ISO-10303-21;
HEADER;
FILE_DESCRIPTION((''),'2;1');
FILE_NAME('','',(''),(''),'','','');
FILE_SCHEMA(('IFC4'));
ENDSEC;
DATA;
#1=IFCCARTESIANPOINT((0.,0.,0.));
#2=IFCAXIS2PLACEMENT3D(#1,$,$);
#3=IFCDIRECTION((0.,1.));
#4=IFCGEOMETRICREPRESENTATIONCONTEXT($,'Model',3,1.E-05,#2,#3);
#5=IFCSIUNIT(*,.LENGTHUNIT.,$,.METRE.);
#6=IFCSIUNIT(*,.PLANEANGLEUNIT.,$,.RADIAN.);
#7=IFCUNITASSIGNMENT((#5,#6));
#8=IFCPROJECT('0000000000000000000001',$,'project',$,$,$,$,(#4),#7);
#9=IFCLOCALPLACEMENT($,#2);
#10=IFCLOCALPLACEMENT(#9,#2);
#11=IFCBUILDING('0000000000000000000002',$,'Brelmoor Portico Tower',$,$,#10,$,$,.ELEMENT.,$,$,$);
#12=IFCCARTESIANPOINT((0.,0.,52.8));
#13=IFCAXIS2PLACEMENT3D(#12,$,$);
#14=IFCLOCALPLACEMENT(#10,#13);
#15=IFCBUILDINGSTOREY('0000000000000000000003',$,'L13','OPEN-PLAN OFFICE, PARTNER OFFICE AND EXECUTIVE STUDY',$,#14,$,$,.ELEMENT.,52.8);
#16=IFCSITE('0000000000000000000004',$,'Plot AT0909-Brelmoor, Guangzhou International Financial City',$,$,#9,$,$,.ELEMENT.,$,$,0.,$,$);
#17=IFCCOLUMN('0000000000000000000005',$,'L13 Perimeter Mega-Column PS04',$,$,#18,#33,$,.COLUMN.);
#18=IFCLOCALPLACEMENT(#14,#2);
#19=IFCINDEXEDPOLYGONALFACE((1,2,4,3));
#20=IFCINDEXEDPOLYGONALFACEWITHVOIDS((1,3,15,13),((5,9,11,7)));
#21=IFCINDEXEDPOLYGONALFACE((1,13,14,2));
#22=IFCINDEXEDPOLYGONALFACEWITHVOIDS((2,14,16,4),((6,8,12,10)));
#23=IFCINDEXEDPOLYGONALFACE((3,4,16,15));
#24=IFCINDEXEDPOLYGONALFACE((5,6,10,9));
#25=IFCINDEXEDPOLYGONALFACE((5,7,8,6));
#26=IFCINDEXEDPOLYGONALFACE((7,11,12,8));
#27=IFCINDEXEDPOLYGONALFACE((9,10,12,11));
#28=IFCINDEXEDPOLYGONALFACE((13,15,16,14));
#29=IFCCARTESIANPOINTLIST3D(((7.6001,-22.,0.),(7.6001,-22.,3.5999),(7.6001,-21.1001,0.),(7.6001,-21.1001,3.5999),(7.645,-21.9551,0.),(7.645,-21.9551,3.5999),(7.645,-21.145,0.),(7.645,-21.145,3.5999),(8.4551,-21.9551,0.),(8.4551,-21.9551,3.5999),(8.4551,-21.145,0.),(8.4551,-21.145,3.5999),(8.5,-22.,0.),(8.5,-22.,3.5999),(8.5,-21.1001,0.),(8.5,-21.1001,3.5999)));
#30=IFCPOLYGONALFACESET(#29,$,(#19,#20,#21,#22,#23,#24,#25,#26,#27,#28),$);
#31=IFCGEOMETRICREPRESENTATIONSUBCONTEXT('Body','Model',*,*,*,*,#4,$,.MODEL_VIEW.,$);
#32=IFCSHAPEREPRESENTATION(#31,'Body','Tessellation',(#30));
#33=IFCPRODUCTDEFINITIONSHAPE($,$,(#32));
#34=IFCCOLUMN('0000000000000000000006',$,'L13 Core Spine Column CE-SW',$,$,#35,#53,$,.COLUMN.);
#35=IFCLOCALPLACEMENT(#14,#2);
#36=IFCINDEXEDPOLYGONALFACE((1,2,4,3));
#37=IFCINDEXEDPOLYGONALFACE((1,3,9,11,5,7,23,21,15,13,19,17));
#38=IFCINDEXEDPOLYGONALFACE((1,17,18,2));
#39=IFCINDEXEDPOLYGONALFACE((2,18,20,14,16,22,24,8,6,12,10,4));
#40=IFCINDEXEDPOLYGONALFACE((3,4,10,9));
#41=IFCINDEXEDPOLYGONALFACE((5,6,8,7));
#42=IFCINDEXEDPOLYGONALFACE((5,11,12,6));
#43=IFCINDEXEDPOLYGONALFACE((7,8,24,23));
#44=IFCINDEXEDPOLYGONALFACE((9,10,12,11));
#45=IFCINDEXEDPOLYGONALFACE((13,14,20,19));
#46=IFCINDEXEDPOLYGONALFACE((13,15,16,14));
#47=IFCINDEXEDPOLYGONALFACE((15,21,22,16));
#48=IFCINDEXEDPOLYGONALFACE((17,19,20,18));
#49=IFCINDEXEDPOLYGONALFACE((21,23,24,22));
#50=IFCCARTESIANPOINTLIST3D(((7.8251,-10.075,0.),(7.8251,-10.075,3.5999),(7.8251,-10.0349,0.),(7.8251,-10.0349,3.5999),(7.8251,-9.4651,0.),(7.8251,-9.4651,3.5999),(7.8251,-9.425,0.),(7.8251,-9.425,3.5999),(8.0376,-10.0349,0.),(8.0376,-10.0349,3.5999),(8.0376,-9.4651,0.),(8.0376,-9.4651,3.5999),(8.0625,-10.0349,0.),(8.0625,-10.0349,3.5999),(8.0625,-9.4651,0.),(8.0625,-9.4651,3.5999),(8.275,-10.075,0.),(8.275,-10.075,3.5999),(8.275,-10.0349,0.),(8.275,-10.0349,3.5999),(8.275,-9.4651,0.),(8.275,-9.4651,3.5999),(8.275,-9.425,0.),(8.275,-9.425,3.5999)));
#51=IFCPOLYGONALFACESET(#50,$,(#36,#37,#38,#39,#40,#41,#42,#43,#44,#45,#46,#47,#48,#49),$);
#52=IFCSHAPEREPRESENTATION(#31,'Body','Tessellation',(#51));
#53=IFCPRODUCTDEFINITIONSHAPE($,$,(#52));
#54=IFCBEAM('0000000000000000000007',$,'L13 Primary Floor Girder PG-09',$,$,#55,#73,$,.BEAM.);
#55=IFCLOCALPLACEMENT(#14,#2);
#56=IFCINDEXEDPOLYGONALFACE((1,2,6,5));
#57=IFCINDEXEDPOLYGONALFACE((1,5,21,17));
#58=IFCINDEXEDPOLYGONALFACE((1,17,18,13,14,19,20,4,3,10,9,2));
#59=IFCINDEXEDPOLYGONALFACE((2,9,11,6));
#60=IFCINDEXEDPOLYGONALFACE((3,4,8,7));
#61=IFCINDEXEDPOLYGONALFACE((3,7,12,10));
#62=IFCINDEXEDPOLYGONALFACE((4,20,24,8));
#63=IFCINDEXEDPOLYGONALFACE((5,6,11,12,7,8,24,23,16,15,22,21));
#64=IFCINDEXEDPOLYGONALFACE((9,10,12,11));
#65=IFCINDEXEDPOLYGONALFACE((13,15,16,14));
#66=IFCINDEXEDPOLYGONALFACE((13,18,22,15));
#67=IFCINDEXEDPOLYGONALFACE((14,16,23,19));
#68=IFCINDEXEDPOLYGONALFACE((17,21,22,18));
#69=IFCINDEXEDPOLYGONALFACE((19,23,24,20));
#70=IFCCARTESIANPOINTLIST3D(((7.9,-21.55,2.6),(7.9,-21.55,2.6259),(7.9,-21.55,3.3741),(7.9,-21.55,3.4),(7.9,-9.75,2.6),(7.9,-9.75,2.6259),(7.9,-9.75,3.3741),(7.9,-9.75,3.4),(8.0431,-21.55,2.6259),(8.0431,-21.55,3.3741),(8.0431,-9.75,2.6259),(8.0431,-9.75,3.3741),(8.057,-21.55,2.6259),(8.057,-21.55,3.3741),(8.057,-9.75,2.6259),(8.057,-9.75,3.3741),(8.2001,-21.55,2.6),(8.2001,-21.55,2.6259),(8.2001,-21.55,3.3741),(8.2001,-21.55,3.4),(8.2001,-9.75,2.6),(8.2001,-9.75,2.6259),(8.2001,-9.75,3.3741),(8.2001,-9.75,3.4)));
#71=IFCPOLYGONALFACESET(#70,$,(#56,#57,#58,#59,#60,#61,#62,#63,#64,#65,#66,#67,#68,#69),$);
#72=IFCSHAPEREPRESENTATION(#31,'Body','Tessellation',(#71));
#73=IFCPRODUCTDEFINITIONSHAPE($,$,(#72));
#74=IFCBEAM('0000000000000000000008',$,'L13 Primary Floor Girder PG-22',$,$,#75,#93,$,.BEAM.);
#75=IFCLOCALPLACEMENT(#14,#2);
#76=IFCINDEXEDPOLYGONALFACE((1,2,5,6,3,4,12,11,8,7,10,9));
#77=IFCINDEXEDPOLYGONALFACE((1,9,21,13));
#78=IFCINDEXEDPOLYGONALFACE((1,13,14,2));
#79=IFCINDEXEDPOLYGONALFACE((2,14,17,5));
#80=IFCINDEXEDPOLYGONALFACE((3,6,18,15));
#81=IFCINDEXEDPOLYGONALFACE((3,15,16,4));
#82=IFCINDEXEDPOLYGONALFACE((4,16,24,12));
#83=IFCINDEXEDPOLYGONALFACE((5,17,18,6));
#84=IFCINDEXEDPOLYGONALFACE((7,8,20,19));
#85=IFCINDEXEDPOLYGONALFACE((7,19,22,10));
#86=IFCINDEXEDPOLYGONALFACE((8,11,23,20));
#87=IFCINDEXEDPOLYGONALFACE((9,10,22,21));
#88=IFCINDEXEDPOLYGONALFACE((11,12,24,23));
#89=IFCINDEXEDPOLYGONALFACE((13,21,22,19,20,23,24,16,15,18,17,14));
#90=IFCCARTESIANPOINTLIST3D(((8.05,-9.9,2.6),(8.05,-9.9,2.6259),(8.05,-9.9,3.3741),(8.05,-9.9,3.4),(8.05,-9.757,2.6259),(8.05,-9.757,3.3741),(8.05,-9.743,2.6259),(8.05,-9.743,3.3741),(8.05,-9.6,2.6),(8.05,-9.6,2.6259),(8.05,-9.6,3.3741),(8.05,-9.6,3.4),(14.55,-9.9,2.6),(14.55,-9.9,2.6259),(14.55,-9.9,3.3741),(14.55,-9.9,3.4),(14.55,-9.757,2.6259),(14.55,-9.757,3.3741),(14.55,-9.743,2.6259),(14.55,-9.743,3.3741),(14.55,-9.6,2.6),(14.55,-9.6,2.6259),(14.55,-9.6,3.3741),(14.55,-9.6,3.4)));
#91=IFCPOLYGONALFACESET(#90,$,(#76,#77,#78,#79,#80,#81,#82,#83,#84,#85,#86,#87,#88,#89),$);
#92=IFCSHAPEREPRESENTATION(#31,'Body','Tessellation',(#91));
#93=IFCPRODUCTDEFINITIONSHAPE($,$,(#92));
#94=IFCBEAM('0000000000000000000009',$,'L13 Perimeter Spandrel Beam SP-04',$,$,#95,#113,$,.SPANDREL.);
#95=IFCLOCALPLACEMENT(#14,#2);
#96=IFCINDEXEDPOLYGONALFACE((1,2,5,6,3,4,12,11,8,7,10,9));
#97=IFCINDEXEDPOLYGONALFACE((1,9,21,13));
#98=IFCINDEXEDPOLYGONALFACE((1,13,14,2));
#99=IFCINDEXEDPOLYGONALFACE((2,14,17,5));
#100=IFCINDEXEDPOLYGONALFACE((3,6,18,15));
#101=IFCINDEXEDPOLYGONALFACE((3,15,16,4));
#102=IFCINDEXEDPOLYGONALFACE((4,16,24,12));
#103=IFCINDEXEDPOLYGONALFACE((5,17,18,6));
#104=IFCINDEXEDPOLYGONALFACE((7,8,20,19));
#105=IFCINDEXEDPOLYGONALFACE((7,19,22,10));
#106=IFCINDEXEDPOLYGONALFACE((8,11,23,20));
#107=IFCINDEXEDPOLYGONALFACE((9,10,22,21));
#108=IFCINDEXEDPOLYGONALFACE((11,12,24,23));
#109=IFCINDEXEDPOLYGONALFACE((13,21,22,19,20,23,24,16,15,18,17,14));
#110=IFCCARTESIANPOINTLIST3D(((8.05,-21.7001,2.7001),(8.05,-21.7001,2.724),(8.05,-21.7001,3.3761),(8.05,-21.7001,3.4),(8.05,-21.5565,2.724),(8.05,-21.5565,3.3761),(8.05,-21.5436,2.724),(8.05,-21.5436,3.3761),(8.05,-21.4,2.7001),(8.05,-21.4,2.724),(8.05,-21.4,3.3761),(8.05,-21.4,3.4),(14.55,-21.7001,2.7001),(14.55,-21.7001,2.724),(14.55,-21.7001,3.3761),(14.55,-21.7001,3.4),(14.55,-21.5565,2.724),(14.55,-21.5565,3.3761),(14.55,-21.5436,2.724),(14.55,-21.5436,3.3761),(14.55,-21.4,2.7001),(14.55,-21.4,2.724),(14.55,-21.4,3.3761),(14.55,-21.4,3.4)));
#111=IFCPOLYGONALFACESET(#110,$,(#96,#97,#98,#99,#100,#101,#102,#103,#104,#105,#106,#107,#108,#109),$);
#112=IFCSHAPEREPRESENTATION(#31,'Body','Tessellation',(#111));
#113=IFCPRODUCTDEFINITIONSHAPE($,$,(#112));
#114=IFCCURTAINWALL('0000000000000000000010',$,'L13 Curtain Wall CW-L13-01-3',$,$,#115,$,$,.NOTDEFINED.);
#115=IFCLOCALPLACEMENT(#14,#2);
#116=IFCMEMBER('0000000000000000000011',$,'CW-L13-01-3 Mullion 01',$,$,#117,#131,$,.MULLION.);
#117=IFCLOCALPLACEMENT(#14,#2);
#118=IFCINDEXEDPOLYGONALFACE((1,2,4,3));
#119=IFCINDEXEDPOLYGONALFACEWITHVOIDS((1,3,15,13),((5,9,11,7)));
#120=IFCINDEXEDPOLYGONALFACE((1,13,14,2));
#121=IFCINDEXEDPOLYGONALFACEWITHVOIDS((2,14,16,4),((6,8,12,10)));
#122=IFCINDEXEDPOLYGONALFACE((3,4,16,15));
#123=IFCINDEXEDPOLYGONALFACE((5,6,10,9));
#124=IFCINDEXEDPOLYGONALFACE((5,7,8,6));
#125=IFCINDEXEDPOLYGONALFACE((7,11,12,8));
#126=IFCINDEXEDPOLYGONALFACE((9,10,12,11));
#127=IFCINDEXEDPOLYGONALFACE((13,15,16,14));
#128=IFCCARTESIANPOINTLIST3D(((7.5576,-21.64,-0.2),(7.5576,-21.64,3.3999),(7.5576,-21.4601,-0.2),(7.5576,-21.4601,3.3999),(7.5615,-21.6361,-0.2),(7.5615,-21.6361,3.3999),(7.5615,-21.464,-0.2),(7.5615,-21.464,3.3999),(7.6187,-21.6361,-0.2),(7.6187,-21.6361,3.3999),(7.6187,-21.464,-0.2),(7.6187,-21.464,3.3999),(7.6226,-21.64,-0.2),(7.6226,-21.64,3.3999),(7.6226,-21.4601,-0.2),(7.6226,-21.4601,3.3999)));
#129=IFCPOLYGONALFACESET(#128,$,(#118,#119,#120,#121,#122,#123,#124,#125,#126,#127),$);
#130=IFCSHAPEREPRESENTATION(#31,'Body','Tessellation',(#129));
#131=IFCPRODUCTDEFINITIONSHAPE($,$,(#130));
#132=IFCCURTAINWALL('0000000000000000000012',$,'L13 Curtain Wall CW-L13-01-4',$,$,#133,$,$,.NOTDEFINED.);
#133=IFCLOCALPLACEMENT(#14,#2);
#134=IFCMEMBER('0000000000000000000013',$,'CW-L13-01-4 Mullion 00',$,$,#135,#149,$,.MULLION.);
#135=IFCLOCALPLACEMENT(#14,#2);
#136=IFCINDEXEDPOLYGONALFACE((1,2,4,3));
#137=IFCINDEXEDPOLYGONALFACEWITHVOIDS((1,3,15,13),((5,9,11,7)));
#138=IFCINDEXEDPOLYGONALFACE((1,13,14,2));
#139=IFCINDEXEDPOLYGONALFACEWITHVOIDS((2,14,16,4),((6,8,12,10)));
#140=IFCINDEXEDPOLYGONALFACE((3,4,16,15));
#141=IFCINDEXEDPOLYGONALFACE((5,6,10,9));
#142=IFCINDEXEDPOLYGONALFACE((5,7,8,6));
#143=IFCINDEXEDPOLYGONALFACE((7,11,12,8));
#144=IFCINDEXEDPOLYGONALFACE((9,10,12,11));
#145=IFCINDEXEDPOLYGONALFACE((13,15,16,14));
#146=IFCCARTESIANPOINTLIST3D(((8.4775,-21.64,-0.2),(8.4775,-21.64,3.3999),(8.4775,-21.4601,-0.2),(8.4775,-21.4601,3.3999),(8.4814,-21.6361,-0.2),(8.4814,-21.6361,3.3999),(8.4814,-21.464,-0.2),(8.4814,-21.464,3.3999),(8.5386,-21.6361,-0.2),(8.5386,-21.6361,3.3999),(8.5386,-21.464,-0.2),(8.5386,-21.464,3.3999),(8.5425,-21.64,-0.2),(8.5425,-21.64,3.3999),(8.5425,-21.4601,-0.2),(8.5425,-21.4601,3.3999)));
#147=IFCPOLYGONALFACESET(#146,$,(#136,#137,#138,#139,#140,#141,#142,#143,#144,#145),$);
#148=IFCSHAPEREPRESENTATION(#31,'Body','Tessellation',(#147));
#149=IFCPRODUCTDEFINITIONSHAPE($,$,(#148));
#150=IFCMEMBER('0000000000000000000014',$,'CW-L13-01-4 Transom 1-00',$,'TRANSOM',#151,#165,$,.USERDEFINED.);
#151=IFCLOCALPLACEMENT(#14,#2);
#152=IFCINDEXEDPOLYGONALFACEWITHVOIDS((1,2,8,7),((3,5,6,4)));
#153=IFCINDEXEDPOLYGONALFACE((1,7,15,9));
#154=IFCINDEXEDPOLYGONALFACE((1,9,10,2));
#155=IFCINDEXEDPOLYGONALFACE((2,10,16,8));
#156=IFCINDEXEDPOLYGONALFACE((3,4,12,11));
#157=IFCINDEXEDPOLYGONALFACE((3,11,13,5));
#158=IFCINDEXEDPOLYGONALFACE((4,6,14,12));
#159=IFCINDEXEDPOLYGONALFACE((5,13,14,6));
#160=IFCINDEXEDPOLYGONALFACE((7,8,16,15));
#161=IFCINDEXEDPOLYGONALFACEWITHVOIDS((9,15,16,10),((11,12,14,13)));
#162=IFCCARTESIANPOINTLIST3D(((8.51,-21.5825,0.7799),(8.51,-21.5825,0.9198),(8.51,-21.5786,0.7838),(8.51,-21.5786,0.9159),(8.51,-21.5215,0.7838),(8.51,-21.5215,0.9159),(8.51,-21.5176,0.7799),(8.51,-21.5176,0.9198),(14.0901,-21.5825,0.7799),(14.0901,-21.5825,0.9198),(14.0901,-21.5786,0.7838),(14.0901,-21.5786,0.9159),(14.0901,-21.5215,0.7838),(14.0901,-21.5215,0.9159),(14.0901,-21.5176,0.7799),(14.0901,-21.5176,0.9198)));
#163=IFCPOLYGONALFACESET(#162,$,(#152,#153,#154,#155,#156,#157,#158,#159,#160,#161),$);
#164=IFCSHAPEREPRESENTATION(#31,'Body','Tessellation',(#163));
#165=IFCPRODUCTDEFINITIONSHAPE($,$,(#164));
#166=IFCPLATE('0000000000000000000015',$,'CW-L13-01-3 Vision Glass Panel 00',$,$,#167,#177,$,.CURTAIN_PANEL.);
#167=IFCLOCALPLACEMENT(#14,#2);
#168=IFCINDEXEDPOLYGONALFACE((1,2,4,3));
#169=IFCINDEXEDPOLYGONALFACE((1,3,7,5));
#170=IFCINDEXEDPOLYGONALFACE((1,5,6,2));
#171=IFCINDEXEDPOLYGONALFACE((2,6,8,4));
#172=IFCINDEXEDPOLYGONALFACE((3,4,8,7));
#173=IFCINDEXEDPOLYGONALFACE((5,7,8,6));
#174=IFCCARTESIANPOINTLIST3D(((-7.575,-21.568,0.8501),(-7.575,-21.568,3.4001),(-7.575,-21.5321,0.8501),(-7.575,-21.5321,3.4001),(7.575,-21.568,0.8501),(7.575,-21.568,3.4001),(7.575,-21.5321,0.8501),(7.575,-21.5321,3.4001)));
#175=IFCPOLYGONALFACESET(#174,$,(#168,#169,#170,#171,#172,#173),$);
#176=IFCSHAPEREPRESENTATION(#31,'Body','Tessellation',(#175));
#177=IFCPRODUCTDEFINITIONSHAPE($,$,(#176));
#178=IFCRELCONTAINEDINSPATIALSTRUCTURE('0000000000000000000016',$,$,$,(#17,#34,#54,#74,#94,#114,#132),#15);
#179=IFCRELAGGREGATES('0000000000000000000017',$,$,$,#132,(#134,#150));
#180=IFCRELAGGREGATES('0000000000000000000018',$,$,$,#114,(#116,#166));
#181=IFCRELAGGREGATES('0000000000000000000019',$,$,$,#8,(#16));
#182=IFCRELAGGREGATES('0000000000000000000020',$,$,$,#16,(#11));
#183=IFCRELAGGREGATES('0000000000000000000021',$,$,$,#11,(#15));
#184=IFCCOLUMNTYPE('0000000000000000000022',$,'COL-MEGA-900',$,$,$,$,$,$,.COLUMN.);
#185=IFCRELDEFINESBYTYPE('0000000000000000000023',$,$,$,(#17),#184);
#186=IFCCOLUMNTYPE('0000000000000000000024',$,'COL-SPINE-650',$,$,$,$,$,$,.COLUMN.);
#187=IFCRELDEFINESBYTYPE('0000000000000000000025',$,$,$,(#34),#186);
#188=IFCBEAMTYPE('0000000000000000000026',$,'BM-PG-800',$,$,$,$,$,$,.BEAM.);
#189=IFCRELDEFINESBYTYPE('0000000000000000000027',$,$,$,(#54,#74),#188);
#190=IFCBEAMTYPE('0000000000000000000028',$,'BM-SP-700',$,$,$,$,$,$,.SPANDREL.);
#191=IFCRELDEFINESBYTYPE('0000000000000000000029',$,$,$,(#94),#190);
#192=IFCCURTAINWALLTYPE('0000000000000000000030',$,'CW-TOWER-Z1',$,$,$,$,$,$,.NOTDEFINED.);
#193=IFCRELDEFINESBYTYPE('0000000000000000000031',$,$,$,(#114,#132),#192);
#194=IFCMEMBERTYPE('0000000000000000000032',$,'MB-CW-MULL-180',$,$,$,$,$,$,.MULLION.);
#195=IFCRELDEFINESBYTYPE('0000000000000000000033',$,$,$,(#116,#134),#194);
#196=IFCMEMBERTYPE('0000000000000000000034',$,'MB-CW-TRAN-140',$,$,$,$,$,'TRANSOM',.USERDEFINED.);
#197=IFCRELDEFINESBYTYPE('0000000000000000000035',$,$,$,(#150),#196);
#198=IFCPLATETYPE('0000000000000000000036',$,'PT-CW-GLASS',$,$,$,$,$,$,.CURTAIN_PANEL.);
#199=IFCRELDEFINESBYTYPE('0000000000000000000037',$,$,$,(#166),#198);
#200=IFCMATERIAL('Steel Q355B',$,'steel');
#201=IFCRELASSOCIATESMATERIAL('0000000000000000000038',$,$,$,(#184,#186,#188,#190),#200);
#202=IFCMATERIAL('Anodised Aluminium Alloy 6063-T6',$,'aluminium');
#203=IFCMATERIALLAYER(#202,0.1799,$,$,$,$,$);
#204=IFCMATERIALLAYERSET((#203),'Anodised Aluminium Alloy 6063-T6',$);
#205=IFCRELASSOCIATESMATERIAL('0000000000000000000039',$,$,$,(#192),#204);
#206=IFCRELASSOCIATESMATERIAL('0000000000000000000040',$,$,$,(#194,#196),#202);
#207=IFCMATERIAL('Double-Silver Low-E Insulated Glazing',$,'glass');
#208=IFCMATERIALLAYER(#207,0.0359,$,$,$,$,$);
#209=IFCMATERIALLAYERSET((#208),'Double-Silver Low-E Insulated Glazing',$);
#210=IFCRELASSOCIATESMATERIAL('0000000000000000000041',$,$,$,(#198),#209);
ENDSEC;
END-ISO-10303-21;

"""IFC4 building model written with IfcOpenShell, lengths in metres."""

from ifc_helpers import new_model, si_unit, direction, frame, origin, origin_2d, place, context, subcontext, project, spatial, rectangle, hollow_rectangle, i_section, extrude, material, layer, layer_set, material_profile, profile_set, type_object, element, aggregate, save


model = new_model("IFC4")

# Units and contexts
model_context = context("Model", 3, precision=1e-05, world=origin(), true_north=direction((0.0, 1.0)))
body_context = subcontext(model_context, "Body", "Model", "MODEL_VIEW")
ifc_project = project(units=[si_unit("LENGTHUNIT", "METRE"), si_unit("PLANEANGLEUNIT", "RADIAN")], contexts=[model_context])

# Site, building, storey
site_placement = place(None, origin())
site = spatial("IfcSite", under=ifc_project, at=site_placement, Name="Plot AT0909-Brelmoor, Guangzhou International Financial City", CompositionType="ELEMENT", RefElevation=0.0)
building_placement = place(site_placement, origin())
building = spatial("IfcBuilding", under=site, at=building_placement, Name="Brelmoor Portico Tower", CompositionType="ELEMENT")
storey_placement = place(building_placement, frame((0.0, 0.0, 52.8)))
storey = spatial("IfcBuildingStorey", under=building, at=storey_placement, Name="L13", Description="OPEN-PLAN OFFICE, PARTNER OFFICE AND EXECUTIVE STUDY", CompositionType="ELEMENT", Elevation=52.8)

# Columns
ifc_material_1 = material(Name="Steel Q355B", Category="steel")
ifc_material_profile_1 = material_profile(ifc_material_1, hollow_rectangle(XDim=0.8999, YDim=0.8999, WallThickness=0.0449, at=origin_2d()), Name="BOX 900x900x45")
ifc_profile_set_1 = profile_set([ifc_material_profile_1], Name="Steel Q355B")
column_type_1 = type_object("IfcColumnType", Name="COL-MEGA-900", PredefinedType="COLUMN", material=ifc_profile_set_1)
column_1_placement = place(storey_placement, frame((8.05, -21.55, 0.0), z_axis=(0.0, 0.0, 1.0), x_axis=(1.0, 0.0, 0.0)))
element("IfcColumn", 1, at=column_1_placement, inside=storey, type_object=column_type_1, Name="L13 Perimeter Mega-Column PS04", PredefinedType="COLUMN", context=body_context, shape_type="SweptSolid", body=[
    extrude(hollow_rectangle(XDim=0.8999, YDim=0.8999, WallThickness=0.0449, at=origin_2d()), origin(), (0.0, 0.0, 1.0), 3.5999),
])
ifc_material_profile_2 = material_profile(ifc_material_1, i_section(OverallWidth=0.45, OverallDepth=0.6499, WebThickness=0.0249, FlangeThickness=0.04, at=origin_2d()), Name="HW 650x450x25x40")
ifc_profile_set_2 = profile_set([ifc_material_profile_2], Name="Steel Q355B")
column_type_2 = type_object("IfcColumnType", Name="COL-SPINE-650", PredefinedType="COLUMN", material=ifc_profile_set_2)
column_2_placement = place(storey_placement, frame((8.05, -9.75, 0.0), z_axis=(0.0, 0.0, 1.0), x_axis=(1.0, 0.0, 0.0)))
element("IfcColumn", 2, at=column_2_placement, inside=storey, type_object=column_type_2, Name="L13 Core Spine Column CE-SW", PredefinedType="COLUMN", context=body_context, shape_type="SweptSolid", body=[
    extrude(i_section(OverallWidth=0.45, OverallDepth=0.6499, WebThickness=0.0249, FlangeThickness=0.04, at=origin_2d()), origin(), (0.0, 0.0, 1.0), 3.5999),
])

# Beams
ifc_material_profile_3 = material_profile(ifc_material_1, i_section(OverallWidth=0.3, OverallDepth=0.8, WebThickness=0.0139, FlangeThickness=0.0259, at=origin_2d()), Name="HN 800x300x14x26")
ifc_profile_set_3 = profile_set([ifc_material_profile_3], Name="Steel Q355B")
beam_type_1 = type_object("IfcBeamType", Name="BM-PG-800", PredefinedType="BEAM", material=ifc_profile_set_3)
beam_1_placement = place(storey_placement, frame((8.05, -21.55, 3.0), z_axis=(0.0, 1.0, 0.0), x_axis=(-1.0, 0.0, 0.0)))
element("IfcBeam", 3, at=beam_1_placement, inside=storey, type_object=beam_type_1, Name="L13 Primary Floor Girder PG-09", PredefinedType="BEAM", context=body_context, shape_type="SweptSolid", body=[
    extrude(i_section(OverallWidth=0.3, OverallDepth=0.8, WebThickness=0.0139, FlangeThickness=0.0259, at=origin_2d()), origin(), (0.0, 0.0, 1.0), 11.8),
])
beam_2_placement = place(storey_placement, frame((8.05, -9.75, 3.0), z_axis=(1.0, 0.0, 0.0), x_axis=(0.0, 1.0, 0.0)))
element("IfcBeam", 4, at=beam_2_placement, inside=storey, type_object=beam_type_1, Name="L13 Primary Floor Girder PG-22", PredefinedType="BEAM", context=body_context, shape_type="SweptSolid", body=[
    extrude(i_section(OverallWidth=0.3, OverallDepth=0.8, WebThickness=0.0139, FlangeThickness=0.0259, at=origin_2d()), origin(), (0.0, 0.0, 1.0), 6.5),
])
ifc_material_profile_4 = material_profile(ifc_material_1, i_section(OverallWidth=0.3, OverallDepth=0.7, WebThickness=0.0129, FlangeThickness=0.0239, at=origin_2d()), Name="HN 700x300x13x24")
ifc_profile_set_4 = profile_set([ifc_material_profile_4], Name="Steel Q355B")
beam_type_2 = type_object("IfcBeamType", Name="BM-SP-700", PredefinedType="SPANDREL", material=ifc_profile_set_4)
beam_3_placement = place(storey_placement, frame((8.05, -21.55, 3.05), z_axis=(1.0, 0.0, 0.0), x_axis=(0.0, 1.0, 0.0)))
element("IfcBeam", 5, at=beam_3_placement, inside=storey, type_object=beam_type_2, Name="L13 Perimeter Spandrel Beam SP-04", PredefinedType="SPANDREL", context=body_context, shape_type="SweptSolid", body=[
    extrude(i_section(OverallWidth=0.3, OverallDepth=0.7, WebThickness=0.0129, FlangeThickness=0.0239, at=origin_2d()), origin(), (0.0, 0.0, 1.0), 6.5),
])

# Curtain wall, member
ifc_material_2 = material(Name="Anodised Aluminium Alloy 6063-T6", Category="aluminium")
ifc_layer_1 = layer(ifc_material_2, 0.1799)
ifc_layer_set_1 = layer_set([ifc_layer_1], Name="Anodised Aluminium Alloy 6063-T6")
curtain_wall_type = type_object("IfcCurtainWallType", Name="CW-TOWER-Z1", PredefinedType="NOTDEFINED", material=ifc_layer_set_1)
curtain_wall_1_placement = place(storey_placement, origin())
curtain_wall_1 = element("IfcCurtainWall", 6, at=curtain_wall_1_placement, inside=storey, type_object=curtain_wall_type, Name="L13 Curtain Wall CW-L13-01-3", PredefinedType="NOTDEFINED")
ifc_material_profile_5 = material_profile(ifc_material_2, hollow_rectangle(XDim=0.0649, YDim=0.1799, WallThickness=0.0039, at=origin_2d()), Name="ALU MULLION 65x180")
ifc_profile_set_5 = profile_set([ifc_material_profile_5], Name="Anodised Aluminium Alloy 6063-T6")
member_type_1 = type_object("IfcMemberType", Name="MB-CW-MULL-180", PredefinedType="MULLION", material=ifc_profile_set_5)
member_1_placement = place(storey_placement, frame((7.5901, -21.55, -0.2), z_axis=(0.0, 0.0, 1.0), x_axis=(1.0, 0.0, 0.0)))
member_1 = element("IfcMember", 7, at=member_1_placement, type_object=member_type_1, Name="CW-L13-01-3 Mullion 01", PredefinedType="MULLION", context=body_context, shape_type="SweptSolid", body=[
    extrude(hollow_rectangle(XDim=0.0649, YDim=0.1799, WallThickness=0.0039, at=origin_2d()), origin(), (0.0, 0.0, 1.0), 3.5999),
])

# Curtain wall, members
curtain_wall_2_placement = place(storey_placement, origin())
curtain_wall_2 = element("IfcCurtainWall", 8, at=curtain_wall_2_placement, inside=storey, type_object=curtain_wall_type, Name="L13 Curtain Wall CW-L13-01-4", PredefinedType="NOTDEFINED")
member_2_placement = place(storey_placement, frame((8.51, -21.55, -0.2), z_axis=(0.0, 0.0, 1.0), x_axis=(1.0, 0.0, 0.0)))
member_2 = element("IfcMember", 9, at=member_2_placement, type_object=member_type_1, Name="CW-L13-01-4 Mullion 00", PredefinedType="MULLION", context=body_context, shape_type="SweptSolid", body=[
    extrude(hollow_rectangle(XDim=0.0649, YDim=0.1799, WallThickness=0.0039, at=origin_2d()), origin(), (0.0, 0.0, 1.0), 3.5999),
])
ifc_material_profile_6 = material_profile(ifc_material_2, hollow_rectangle(XDim=0.0649, YDim=0.1399, WallThickness=0.0039, at=origin_2d()), Name="ALU TRANSOM 65x140")
ifc_profile_set_6 = profile_set([ifc_material_profile_6], Name="Anodised Aluminium Alloy 6063-T6")
member_type_2 = type_object("IfcMemberType", Name="MB-CW-TRAN-140", ElementType="TRANSOM", PredefinedType="USERDEFINED", material=ifc_profile_set_6)
member_3_placement = place(storey_placement, frame((8.51, -21.55, 0.8499), z_axis=(1.0, 0.0, 0.0), x_axis=(0.0, 1.0, 0.0)))
member_3 = element("IfcMember", 10, at=member_3_placement, type_object=member_type_2, Name="CW-L13-01-4 Transom 1-00", ObjectType="TRANSOM", PredefinedType="USERDEFINED", context=body_context, shape_type="SweptSolid", body=[
    extrude(hollow_rectangle(XDim=0.0649, YDim=0.1399, WallThickness=0.0039, at=origin_2d()), origin(), (0.0, 0.0, 1.0), 5.5801),
])
aggregate(curtain_wall_2, [member_2, member_3])

# Plate
ifc_material_3 = material(Name="Double-Silver Low-E Insulated Glazing", Category="glass")
ifc_layer_2 = layer(ifc_material_3, 0.0359)
ifc_layer_set_2 = layer_set([ifc_layer_2], Name="Double-Silver Low-E Insulated Glazing")
plate_type_1 = type_object("IfcPlateType", Name="PT-CW-GLASS", PredefinedType="CURTAIN_PANEL", material=ifc_layer_set_2)
plate_1_placement = place(storey_placement, frame((0.0, -21.55, 0.8501), z_axis=(0.0, 0.0, 1.0), x_axis=(1.0, 0.0, 0.0)))
plate_1 = element("IfcPlate", 11, at=plate_1_placement, type_object=plate_type_1, Name="CW-L13-01-3 Vision Glass Panel 00", PredefinedType="CURTAIN_PANEL", context=body_context, shape_type="SweptSolid", body=[
    extrude(rectangle(XDim=15.1499, YDim=0.0359, at=origin_2d()), origin(), (0.0, 0.0, 1.0), 2.55),
])
aggregate(curtain_wall_1, [member_1, plate_1])

save(model, "model.ifc")
